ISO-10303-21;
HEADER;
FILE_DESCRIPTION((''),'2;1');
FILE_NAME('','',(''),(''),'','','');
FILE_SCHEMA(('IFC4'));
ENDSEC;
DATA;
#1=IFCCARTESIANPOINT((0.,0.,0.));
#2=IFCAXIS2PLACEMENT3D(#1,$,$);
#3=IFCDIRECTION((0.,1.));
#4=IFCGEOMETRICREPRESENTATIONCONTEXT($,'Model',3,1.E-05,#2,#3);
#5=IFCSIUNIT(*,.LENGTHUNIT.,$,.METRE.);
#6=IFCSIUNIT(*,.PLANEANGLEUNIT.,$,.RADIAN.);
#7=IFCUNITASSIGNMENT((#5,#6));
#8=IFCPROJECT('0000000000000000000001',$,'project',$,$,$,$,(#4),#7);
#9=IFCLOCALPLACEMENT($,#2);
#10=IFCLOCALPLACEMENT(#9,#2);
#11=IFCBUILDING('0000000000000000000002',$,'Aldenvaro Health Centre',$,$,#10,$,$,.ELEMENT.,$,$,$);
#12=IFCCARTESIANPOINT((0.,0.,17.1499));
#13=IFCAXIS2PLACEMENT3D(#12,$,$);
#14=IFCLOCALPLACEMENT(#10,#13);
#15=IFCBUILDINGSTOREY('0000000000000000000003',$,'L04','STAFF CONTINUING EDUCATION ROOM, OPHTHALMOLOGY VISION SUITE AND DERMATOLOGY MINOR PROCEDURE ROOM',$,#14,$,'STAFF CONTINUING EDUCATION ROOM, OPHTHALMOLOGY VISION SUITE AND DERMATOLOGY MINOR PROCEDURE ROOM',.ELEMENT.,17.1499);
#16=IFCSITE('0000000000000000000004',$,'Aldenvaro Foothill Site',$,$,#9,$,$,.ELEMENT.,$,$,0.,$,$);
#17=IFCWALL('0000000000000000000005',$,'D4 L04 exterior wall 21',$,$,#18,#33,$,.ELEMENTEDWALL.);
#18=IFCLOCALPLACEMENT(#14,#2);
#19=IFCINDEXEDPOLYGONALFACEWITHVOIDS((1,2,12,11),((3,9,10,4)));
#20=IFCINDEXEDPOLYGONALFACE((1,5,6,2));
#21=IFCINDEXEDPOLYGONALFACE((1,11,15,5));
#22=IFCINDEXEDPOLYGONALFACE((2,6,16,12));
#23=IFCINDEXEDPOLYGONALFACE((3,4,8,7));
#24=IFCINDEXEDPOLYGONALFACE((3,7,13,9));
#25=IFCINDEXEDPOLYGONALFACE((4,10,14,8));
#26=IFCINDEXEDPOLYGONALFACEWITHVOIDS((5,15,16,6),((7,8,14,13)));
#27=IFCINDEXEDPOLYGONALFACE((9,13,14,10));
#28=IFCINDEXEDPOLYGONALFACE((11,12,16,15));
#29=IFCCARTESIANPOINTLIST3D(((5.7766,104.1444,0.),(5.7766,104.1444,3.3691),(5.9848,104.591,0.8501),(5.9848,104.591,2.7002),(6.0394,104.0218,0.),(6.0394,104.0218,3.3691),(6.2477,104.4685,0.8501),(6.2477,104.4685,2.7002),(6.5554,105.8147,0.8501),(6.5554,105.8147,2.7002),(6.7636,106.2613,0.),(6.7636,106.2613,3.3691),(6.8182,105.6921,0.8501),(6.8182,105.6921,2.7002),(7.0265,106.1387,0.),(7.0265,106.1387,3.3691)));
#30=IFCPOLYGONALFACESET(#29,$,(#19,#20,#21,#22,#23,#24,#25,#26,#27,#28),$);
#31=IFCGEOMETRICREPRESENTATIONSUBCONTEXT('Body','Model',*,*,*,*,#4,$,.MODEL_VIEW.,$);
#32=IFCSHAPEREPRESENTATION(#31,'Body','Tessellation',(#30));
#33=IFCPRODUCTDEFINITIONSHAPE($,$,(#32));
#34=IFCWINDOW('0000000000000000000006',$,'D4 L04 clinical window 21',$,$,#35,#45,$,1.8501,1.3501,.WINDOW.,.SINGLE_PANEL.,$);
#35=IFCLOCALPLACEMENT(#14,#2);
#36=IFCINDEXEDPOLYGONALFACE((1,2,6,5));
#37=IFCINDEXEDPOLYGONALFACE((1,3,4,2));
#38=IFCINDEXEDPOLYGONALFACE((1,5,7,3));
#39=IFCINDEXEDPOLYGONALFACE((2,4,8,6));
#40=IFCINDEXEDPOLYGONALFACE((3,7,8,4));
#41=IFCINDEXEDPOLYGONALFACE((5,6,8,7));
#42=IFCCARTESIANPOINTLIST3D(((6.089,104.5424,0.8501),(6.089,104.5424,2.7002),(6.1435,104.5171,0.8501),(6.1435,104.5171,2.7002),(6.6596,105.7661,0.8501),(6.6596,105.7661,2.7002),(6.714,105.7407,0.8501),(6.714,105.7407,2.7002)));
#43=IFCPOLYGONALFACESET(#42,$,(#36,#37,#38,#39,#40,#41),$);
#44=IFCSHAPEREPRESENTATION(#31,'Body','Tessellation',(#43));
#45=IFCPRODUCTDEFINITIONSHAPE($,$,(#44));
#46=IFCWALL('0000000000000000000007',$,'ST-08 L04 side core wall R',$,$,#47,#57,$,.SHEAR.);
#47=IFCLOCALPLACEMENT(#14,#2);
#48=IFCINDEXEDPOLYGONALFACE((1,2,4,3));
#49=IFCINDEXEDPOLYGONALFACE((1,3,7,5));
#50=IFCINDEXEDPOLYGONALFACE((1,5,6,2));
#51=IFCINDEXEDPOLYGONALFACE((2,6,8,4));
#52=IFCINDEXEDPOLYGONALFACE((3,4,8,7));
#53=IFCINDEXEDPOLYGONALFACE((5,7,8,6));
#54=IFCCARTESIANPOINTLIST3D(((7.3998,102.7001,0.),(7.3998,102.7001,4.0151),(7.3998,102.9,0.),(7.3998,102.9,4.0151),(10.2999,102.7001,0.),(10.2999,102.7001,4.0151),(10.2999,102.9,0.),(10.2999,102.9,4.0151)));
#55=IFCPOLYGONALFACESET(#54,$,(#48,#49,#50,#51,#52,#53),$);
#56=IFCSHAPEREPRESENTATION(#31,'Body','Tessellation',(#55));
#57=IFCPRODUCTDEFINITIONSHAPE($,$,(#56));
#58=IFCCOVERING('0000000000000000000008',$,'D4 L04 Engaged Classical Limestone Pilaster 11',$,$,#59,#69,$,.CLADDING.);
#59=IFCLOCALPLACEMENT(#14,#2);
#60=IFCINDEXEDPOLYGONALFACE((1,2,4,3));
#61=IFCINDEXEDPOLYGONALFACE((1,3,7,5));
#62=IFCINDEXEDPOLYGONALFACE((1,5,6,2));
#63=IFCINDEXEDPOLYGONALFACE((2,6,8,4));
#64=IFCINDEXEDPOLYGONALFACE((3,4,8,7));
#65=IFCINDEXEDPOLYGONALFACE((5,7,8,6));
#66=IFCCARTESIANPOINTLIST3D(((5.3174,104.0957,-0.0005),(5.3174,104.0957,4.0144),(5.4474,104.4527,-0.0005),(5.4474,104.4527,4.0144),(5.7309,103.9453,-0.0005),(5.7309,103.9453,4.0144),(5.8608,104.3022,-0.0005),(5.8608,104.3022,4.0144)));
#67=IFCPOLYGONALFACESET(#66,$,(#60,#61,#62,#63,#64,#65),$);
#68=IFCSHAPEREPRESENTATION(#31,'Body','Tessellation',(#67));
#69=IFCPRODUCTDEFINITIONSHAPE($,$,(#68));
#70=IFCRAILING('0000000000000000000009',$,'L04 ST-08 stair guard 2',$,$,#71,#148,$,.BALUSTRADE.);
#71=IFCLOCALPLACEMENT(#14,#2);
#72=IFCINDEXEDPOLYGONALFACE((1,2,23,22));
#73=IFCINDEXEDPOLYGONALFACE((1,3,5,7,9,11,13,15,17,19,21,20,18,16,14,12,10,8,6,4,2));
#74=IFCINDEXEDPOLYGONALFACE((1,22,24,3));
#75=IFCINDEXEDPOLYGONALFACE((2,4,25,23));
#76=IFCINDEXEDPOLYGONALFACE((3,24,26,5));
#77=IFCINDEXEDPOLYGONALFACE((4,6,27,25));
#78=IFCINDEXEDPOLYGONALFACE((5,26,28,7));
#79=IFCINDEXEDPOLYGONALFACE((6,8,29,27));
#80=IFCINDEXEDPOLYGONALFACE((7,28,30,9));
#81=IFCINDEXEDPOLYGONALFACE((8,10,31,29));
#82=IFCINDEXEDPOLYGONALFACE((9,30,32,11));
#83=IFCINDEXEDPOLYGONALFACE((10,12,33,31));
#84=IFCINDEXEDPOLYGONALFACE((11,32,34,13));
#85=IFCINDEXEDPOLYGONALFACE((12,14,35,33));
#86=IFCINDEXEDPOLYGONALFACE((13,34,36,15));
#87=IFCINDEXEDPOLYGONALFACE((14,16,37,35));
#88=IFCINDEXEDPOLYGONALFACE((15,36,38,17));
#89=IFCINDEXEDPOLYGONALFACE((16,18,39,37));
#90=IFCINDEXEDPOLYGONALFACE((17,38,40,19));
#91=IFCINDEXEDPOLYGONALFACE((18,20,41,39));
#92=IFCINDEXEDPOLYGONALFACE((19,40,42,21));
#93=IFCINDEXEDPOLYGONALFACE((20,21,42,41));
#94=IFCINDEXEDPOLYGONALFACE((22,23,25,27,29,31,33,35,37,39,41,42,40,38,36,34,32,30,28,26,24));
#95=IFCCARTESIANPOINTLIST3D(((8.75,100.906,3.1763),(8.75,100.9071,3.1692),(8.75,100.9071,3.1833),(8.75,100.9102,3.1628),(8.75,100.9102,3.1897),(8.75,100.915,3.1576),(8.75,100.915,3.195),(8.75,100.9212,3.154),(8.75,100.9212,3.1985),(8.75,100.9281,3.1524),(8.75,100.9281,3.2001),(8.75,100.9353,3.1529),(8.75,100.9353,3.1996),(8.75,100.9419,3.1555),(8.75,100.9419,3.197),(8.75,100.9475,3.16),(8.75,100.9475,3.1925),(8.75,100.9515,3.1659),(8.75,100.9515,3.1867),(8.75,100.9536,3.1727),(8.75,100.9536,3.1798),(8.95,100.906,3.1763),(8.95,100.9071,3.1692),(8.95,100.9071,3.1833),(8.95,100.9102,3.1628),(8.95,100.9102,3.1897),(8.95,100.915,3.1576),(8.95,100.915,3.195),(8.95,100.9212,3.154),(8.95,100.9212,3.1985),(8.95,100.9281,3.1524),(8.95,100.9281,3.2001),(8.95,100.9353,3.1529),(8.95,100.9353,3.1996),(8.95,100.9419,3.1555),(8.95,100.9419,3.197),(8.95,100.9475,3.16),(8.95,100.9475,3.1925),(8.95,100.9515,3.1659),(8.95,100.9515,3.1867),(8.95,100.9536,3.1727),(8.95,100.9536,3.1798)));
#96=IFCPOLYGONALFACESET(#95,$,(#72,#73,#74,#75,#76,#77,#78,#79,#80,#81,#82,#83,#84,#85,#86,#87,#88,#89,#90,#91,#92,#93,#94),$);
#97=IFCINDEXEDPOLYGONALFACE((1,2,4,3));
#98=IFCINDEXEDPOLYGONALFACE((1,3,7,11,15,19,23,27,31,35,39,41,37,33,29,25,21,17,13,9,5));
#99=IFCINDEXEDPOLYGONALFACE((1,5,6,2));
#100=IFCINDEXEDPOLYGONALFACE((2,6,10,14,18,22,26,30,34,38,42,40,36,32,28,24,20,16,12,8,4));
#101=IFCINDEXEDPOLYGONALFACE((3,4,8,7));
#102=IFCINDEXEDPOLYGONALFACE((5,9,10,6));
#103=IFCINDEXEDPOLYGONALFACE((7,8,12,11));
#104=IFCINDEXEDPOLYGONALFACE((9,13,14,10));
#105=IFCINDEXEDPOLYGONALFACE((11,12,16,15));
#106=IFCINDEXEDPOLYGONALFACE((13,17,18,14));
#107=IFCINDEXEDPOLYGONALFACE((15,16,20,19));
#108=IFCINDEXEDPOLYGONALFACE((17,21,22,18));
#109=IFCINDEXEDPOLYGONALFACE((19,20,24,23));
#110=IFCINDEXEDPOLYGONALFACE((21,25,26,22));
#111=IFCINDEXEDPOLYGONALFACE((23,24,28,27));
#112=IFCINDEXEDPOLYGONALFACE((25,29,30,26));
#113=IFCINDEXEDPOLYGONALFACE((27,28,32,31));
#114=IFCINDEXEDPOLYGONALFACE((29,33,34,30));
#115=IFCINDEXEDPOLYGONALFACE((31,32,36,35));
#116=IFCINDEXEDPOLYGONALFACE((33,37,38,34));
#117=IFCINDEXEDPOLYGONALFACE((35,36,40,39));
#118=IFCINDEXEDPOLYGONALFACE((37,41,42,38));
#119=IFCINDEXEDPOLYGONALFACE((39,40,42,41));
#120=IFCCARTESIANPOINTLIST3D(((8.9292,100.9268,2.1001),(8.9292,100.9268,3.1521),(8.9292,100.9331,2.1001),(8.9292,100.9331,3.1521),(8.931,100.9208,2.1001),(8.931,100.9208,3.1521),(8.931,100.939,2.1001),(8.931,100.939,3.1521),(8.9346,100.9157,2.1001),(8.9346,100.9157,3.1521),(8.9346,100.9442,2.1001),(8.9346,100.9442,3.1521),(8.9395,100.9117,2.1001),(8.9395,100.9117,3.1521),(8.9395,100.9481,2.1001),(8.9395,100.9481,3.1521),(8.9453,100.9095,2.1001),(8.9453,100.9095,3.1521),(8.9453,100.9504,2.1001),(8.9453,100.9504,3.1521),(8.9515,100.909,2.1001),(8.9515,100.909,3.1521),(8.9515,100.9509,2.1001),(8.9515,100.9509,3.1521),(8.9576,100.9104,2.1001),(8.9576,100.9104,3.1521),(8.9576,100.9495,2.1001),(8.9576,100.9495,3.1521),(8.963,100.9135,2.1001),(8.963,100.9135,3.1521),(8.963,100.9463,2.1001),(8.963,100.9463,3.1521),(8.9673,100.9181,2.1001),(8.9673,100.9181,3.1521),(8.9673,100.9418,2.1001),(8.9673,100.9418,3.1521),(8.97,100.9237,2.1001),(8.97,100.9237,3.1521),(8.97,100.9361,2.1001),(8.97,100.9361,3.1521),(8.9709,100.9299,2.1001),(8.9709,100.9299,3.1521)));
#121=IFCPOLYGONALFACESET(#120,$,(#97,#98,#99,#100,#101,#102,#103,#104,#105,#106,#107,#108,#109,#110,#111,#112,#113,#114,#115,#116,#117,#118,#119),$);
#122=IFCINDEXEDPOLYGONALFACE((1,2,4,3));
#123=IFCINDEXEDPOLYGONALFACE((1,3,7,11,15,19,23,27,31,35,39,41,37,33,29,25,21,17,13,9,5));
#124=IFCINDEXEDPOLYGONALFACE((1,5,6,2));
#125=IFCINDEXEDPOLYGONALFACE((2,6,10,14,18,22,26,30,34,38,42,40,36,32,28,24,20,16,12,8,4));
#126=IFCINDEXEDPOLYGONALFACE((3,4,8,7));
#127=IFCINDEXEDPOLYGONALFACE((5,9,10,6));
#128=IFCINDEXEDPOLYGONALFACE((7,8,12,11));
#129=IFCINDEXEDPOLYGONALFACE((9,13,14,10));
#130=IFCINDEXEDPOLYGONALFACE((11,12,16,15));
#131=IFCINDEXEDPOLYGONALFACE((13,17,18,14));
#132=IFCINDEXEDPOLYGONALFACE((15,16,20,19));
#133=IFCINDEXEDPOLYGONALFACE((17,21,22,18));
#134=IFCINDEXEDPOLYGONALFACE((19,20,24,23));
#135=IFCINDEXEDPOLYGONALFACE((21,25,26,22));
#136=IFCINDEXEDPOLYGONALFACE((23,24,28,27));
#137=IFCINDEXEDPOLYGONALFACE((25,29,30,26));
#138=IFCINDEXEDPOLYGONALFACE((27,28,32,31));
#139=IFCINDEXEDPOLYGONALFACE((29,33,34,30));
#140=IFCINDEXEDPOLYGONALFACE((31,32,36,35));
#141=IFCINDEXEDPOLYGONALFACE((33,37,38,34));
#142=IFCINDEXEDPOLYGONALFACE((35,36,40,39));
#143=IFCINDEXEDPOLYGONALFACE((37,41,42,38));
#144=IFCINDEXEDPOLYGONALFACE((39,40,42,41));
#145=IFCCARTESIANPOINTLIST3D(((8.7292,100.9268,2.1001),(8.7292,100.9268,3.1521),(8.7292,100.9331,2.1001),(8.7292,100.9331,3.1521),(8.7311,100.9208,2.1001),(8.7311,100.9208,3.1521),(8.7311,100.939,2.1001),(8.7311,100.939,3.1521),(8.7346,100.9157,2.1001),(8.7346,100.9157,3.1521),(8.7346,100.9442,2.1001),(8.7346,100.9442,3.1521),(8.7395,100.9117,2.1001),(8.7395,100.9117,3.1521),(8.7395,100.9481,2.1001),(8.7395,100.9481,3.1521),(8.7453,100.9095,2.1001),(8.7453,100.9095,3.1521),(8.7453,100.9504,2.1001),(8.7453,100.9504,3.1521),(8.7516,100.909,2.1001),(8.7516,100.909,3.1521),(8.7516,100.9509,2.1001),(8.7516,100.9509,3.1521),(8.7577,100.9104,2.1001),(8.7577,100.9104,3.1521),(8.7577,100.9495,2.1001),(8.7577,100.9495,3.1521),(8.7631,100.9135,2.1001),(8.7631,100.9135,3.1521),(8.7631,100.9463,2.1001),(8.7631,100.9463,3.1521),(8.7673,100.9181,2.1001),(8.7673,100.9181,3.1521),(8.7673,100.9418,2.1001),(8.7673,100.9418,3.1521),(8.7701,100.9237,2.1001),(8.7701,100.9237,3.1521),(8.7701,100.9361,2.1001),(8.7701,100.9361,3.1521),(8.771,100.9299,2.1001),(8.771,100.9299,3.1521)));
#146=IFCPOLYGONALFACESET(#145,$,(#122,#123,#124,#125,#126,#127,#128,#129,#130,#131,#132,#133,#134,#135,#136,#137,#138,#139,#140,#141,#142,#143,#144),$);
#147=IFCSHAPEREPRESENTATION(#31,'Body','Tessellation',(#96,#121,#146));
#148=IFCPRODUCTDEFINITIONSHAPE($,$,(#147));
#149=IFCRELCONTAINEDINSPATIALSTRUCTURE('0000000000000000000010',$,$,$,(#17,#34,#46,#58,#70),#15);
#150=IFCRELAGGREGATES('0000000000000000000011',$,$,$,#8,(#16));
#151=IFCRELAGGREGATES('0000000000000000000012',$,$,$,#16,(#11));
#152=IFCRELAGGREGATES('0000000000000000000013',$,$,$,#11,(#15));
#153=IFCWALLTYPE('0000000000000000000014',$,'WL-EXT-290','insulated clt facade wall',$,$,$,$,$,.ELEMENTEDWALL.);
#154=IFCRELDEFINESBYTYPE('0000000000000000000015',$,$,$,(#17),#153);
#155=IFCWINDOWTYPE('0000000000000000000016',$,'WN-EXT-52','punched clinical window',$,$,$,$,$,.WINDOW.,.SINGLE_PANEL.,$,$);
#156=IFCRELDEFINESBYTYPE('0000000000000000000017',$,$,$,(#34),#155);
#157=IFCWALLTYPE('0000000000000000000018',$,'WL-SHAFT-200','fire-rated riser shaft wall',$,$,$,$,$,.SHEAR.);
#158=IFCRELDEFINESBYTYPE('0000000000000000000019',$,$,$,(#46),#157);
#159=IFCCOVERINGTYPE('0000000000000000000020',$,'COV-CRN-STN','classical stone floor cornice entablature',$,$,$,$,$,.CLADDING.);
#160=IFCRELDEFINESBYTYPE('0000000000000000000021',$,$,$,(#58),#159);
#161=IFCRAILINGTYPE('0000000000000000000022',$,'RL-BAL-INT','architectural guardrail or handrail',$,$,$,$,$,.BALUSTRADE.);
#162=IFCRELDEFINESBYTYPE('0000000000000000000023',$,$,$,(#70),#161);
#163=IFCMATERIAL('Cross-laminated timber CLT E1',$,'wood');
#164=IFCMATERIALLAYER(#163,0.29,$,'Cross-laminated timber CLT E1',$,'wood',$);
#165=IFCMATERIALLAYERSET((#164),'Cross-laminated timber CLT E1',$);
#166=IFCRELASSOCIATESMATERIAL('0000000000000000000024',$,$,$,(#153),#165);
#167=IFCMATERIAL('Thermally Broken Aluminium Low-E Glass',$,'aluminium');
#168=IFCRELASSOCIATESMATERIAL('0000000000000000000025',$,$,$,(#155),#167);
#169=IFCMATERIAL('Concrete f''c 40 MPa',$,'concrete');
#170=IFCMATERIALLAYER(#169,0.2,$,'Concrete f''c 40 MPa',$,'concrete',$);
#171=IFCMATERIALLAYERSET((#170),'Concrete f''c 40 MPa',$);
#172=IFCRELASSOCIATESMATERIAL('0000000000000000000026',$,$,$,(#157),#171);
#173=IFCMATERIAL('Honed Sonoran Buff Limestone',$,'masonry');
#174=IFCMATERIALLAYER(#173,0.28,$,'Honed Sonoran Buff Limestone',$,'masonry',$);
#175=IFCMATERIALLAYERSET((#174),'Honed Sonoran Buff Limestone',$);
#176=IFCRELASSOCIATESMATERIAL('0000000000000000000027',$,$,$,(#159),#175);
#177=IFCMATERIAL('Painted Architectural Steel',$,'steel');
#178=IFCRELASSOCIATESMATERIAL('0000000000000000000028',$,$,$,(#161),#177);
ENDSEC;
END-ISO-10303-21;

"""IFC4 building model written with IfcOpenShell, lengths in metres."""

from ifc_helpers import new_model, si_unit, direction, frame, frame_2d, origin, origin_2d, place, context, subcontext, project, spatial, rectangle, circle, extrude, material, layer, layer_set, type_object, element, fill, save


model = new_model("IFC4")

# Units and contexts
model_context = context("Model", 3, precision=1e-05, world=origin(), true_north=direction((0.0, 1.0)))
body_context = subcontext(model_context, "Body", "Model", "MODEL_VIEW")
ifc_project = project(units=[si_unit("LENGTHUNIT", "METRE"), si_unit("PLANEANGLEUNIT", "RADIAN")], contexts=[model_context])

# Site, building, storey
site_placement = place(None, origin())
site = spatial("IfcSite", under=ifc_project, at=site_placement, Name="Aldenvaro Foothill Site", CompositionType="ELEMENT", RefElevation=0.0)
building_placement = place(site_placement, origin())
building = spatial("IfcBuilding", under=site, at=building_placement, Name="Aldenvaro Health Centre", CompositionType="ELEMENT")
storey_placement = place(building_placement, frame((0.0, 0.0, 17.1499)))
storey = spatial("IfcBuildingStorey", under=building, at=storey_placement, Name="L04", Description="STAFF CONTINUING EDUCATION ROOM, OPHTHALMOLOGY VISION SUITE AND DERMATOLOGY MINOR PROCEDURE ROOM", LongName="STAFF CONTINUING EDUCATION ROOM, OPHTHALMOLOGY VISION SUITE AND DERMATOLOGY MINOR PROCEDURE ROOM", CompositionType="ELEMENT", Elevation=17.1499)

# Wall, opening, window
ifc_material_1 = material(Name="Cross-laminated timber CLT E1", Category="wood")
ifc_layer_1 = layer(ifc_material_1, 0.29, Name="Cross-laminated timber CLT E1", Category="wood")
ifc_layer_set_1 = layer_set([ifc_layer_1], Name="Cross-laminated timber CLT E1")
wall_type_1 = type_object("IfcWallType", Name="WL-EXT-290", Description="insulated clt facade wall", PredefinedType="ELEMENTEDWALL", material=ifc_layer_set_1)
wall_1_placement = place(storey_placement, frame((5.908, 104.083, 0.0), z_axis=(0.0, 0.0, 1.0), x_axis=(0.422588, 0.906322, 0.0)))
wall_1 = element("IfcWall", 1, at=wall_1_placement, inside=storey, type_object=wall_type_1, Name="D4 L04 exterior wall 21", PredefinedType="ELEMENTEDWALL", context=body_context, shape_type="SweptSolid", body=[
    extrude(rectangle(XDim=2.3357, YDim=0.29, at=frame_2d((1.168, 0.0))), origin(), (0.0, 0.0, 1.0), 3.3691),
])
opening_placement = place(wall_1_placement, frame((0.4929, 0.0, 0.8501)))
opening = element("IfcOpeningElement", 2, at=opening_placement, cuts=wall_1, PredefinedType="OPENING", context=body_context, shape_type="SweptSolid", body=[
    extrude(rectangle(XDim=1.3501, YDim=1.8501, at=frame_2d((0.675, 0.925))), frame((0.0, 0.155, 0.0), z_axis=(0.0, -1.0, 0.0), x_axis=(1.0, 0.0, 0.0)), (0.0, 0.0, 1.0), 0.3101),
])
ifc_material_2 = material(Name="Thermally Broken Aluminium Low-E Glass", Category="aluminium")
window_type = type_object("IfcWindowType", Name="WN-EXT-52", Description="punched clinical window", PartitioningType="SINGLE_PANEL", PredefinedType="WINDOW", material=ifc_material_2)
window_placement = place(opening_placement, origin())
window = element("IfcWindow", 3, at=window_placement, inside=storey, type_object=window_type, Name="D4 L04 clinical window 21", OverallHeight=1.8501, OverallWidth=1.3501, PartitioningType="SINGLE_PANEL", PredefinedType="WINDOW", context=body_context, shape_type="SweptSolid", body=[
    extrude(rectangle(XDim=1.3501, YDim=1.8501, at=frame_2d((0.675, 0.925))), frame((0.0, 0.03, 0.0), z_axis=(0.0, -1.0, 0.0), x_axis=(1.0, 0.0, 0.0)), (0.0, 0.0, 1.0), 0.0601),
])
fill(opening, window)

# Wall
ifc_material_3 = material(Name="Concrete f'c 40 MPa", Category="concrete")
ifc_layer_2 = layer(ifc_material_3, 0.2, Name="Concrete f'c 40 MPa", Category="concrete")
ifc_layer_set_2 = layer_set([ifc_layer_2], Name="Concrete f'c 40 MPa")
wall_type_2 = type_object("IfcWallType", Name="WL-SHAFT-200", Description="fire-rated riser shaft wall", PredefinedType="SHEAR", material=ifc_layer_set_2)
wall_2_placement = place(storey_placement, frame((10.3, 102.8, 0.0), z_axis=(0.0, 0.0, 1.0), x_axis=(-1.0, 0.0, 0.0)))
element("IfcWall", 4, at=wall_2_placement, inside=storey, type_object=wall_type_2, Name="ST-08 L04 side core wall R", PredefinedType="SHEAR", context=body_context, shape_type="SweptSolid", body=[
    extrude(rectangle(XDim=2.9001, YDim=0.2, at=frame_2d((1.4502, 0.0))), origin(), (0.0, 0.0, 1.0), 4.0151),
])

# Covering
ifc_material_4 = material(Name="Honed Sonoran Buff Limestone", Category="masonry")
ifc_layer_3 = layer(ifc_material_4, 0.28, Name="Honed Sonoran Buff Limestone", Category="masonry")
ifc_layer_set_3 = layer_set([ifc_layer_3], Name="Honed Sonoran Buff Limestone")
covering_type = type_object("IfcCoveringType", Name="COV-CRN-STN", Description="classical stone floor cornice entablature", PredefinedType="CLADDING", material=ifc_layer_set_3)
covering_placement = place(storey_placement, frame((5.5891, 104.199, -0.0005), z_axis=(0.0, 0.0, 1.0), x_axis=(-0.939695, 0.342013, 0.0)))
element("IfcCovering", 5, at=covering_placement, inside=storey, type_object=covering_type, Name="D4 L04 Engaged Classical Limestone Pilaster 11", PredefinedType="CLADDING", context=body_context, shape_type="SweptSolid", body=[
    extrude(rectangle(XDim=0.4399, YDim=0.3799, at=origin_2d()), origin(), (0.0, 0.0, 1.0), 4.0149),
])

# Railing
ifc_material_5 = material(Name="Painted Architectural Steel", Category="steel")
railing_type = type_object("IfcRailingType", Name="RL-BAL-INT", Description="architectural guardrail or handrail", PredefinedType="BALUSTRADE", material=ifc_material_5)
railing_1_placement = place(storey_placement, frame((8.95, 100.9299, 2.1001)))
element("IfcRailing", 6, at=railing_1_placement, inside=storey, type_object=railing_type, Name="L04 ST-08 stair guard 2", PredefinedType="BALUSTRADE", context=body_context, shape_type="SweptSolid", body=[
    extrude(circle(Radius=0.0239, at=origin_2d()), frame((0.0, 0.0, 1.0762), z_axis=(-1.0, 0.0, 0.0), x_axis=(0.0, -1.0, 0.0)), (0.0, 0.0, 1.0), 0.2),
    extrude(circle(Radius=0.021, at=origin_2d()), origin(), (0.0, 0.0, 1.0), 1.052),
    extrude(circle(Radius=0.021, at=origin_2d()), frame((-0.2, 0.0, 0.0)), (0.0, 0.0, 1.0), 1.052),
])

save(model, "model.ifc")
